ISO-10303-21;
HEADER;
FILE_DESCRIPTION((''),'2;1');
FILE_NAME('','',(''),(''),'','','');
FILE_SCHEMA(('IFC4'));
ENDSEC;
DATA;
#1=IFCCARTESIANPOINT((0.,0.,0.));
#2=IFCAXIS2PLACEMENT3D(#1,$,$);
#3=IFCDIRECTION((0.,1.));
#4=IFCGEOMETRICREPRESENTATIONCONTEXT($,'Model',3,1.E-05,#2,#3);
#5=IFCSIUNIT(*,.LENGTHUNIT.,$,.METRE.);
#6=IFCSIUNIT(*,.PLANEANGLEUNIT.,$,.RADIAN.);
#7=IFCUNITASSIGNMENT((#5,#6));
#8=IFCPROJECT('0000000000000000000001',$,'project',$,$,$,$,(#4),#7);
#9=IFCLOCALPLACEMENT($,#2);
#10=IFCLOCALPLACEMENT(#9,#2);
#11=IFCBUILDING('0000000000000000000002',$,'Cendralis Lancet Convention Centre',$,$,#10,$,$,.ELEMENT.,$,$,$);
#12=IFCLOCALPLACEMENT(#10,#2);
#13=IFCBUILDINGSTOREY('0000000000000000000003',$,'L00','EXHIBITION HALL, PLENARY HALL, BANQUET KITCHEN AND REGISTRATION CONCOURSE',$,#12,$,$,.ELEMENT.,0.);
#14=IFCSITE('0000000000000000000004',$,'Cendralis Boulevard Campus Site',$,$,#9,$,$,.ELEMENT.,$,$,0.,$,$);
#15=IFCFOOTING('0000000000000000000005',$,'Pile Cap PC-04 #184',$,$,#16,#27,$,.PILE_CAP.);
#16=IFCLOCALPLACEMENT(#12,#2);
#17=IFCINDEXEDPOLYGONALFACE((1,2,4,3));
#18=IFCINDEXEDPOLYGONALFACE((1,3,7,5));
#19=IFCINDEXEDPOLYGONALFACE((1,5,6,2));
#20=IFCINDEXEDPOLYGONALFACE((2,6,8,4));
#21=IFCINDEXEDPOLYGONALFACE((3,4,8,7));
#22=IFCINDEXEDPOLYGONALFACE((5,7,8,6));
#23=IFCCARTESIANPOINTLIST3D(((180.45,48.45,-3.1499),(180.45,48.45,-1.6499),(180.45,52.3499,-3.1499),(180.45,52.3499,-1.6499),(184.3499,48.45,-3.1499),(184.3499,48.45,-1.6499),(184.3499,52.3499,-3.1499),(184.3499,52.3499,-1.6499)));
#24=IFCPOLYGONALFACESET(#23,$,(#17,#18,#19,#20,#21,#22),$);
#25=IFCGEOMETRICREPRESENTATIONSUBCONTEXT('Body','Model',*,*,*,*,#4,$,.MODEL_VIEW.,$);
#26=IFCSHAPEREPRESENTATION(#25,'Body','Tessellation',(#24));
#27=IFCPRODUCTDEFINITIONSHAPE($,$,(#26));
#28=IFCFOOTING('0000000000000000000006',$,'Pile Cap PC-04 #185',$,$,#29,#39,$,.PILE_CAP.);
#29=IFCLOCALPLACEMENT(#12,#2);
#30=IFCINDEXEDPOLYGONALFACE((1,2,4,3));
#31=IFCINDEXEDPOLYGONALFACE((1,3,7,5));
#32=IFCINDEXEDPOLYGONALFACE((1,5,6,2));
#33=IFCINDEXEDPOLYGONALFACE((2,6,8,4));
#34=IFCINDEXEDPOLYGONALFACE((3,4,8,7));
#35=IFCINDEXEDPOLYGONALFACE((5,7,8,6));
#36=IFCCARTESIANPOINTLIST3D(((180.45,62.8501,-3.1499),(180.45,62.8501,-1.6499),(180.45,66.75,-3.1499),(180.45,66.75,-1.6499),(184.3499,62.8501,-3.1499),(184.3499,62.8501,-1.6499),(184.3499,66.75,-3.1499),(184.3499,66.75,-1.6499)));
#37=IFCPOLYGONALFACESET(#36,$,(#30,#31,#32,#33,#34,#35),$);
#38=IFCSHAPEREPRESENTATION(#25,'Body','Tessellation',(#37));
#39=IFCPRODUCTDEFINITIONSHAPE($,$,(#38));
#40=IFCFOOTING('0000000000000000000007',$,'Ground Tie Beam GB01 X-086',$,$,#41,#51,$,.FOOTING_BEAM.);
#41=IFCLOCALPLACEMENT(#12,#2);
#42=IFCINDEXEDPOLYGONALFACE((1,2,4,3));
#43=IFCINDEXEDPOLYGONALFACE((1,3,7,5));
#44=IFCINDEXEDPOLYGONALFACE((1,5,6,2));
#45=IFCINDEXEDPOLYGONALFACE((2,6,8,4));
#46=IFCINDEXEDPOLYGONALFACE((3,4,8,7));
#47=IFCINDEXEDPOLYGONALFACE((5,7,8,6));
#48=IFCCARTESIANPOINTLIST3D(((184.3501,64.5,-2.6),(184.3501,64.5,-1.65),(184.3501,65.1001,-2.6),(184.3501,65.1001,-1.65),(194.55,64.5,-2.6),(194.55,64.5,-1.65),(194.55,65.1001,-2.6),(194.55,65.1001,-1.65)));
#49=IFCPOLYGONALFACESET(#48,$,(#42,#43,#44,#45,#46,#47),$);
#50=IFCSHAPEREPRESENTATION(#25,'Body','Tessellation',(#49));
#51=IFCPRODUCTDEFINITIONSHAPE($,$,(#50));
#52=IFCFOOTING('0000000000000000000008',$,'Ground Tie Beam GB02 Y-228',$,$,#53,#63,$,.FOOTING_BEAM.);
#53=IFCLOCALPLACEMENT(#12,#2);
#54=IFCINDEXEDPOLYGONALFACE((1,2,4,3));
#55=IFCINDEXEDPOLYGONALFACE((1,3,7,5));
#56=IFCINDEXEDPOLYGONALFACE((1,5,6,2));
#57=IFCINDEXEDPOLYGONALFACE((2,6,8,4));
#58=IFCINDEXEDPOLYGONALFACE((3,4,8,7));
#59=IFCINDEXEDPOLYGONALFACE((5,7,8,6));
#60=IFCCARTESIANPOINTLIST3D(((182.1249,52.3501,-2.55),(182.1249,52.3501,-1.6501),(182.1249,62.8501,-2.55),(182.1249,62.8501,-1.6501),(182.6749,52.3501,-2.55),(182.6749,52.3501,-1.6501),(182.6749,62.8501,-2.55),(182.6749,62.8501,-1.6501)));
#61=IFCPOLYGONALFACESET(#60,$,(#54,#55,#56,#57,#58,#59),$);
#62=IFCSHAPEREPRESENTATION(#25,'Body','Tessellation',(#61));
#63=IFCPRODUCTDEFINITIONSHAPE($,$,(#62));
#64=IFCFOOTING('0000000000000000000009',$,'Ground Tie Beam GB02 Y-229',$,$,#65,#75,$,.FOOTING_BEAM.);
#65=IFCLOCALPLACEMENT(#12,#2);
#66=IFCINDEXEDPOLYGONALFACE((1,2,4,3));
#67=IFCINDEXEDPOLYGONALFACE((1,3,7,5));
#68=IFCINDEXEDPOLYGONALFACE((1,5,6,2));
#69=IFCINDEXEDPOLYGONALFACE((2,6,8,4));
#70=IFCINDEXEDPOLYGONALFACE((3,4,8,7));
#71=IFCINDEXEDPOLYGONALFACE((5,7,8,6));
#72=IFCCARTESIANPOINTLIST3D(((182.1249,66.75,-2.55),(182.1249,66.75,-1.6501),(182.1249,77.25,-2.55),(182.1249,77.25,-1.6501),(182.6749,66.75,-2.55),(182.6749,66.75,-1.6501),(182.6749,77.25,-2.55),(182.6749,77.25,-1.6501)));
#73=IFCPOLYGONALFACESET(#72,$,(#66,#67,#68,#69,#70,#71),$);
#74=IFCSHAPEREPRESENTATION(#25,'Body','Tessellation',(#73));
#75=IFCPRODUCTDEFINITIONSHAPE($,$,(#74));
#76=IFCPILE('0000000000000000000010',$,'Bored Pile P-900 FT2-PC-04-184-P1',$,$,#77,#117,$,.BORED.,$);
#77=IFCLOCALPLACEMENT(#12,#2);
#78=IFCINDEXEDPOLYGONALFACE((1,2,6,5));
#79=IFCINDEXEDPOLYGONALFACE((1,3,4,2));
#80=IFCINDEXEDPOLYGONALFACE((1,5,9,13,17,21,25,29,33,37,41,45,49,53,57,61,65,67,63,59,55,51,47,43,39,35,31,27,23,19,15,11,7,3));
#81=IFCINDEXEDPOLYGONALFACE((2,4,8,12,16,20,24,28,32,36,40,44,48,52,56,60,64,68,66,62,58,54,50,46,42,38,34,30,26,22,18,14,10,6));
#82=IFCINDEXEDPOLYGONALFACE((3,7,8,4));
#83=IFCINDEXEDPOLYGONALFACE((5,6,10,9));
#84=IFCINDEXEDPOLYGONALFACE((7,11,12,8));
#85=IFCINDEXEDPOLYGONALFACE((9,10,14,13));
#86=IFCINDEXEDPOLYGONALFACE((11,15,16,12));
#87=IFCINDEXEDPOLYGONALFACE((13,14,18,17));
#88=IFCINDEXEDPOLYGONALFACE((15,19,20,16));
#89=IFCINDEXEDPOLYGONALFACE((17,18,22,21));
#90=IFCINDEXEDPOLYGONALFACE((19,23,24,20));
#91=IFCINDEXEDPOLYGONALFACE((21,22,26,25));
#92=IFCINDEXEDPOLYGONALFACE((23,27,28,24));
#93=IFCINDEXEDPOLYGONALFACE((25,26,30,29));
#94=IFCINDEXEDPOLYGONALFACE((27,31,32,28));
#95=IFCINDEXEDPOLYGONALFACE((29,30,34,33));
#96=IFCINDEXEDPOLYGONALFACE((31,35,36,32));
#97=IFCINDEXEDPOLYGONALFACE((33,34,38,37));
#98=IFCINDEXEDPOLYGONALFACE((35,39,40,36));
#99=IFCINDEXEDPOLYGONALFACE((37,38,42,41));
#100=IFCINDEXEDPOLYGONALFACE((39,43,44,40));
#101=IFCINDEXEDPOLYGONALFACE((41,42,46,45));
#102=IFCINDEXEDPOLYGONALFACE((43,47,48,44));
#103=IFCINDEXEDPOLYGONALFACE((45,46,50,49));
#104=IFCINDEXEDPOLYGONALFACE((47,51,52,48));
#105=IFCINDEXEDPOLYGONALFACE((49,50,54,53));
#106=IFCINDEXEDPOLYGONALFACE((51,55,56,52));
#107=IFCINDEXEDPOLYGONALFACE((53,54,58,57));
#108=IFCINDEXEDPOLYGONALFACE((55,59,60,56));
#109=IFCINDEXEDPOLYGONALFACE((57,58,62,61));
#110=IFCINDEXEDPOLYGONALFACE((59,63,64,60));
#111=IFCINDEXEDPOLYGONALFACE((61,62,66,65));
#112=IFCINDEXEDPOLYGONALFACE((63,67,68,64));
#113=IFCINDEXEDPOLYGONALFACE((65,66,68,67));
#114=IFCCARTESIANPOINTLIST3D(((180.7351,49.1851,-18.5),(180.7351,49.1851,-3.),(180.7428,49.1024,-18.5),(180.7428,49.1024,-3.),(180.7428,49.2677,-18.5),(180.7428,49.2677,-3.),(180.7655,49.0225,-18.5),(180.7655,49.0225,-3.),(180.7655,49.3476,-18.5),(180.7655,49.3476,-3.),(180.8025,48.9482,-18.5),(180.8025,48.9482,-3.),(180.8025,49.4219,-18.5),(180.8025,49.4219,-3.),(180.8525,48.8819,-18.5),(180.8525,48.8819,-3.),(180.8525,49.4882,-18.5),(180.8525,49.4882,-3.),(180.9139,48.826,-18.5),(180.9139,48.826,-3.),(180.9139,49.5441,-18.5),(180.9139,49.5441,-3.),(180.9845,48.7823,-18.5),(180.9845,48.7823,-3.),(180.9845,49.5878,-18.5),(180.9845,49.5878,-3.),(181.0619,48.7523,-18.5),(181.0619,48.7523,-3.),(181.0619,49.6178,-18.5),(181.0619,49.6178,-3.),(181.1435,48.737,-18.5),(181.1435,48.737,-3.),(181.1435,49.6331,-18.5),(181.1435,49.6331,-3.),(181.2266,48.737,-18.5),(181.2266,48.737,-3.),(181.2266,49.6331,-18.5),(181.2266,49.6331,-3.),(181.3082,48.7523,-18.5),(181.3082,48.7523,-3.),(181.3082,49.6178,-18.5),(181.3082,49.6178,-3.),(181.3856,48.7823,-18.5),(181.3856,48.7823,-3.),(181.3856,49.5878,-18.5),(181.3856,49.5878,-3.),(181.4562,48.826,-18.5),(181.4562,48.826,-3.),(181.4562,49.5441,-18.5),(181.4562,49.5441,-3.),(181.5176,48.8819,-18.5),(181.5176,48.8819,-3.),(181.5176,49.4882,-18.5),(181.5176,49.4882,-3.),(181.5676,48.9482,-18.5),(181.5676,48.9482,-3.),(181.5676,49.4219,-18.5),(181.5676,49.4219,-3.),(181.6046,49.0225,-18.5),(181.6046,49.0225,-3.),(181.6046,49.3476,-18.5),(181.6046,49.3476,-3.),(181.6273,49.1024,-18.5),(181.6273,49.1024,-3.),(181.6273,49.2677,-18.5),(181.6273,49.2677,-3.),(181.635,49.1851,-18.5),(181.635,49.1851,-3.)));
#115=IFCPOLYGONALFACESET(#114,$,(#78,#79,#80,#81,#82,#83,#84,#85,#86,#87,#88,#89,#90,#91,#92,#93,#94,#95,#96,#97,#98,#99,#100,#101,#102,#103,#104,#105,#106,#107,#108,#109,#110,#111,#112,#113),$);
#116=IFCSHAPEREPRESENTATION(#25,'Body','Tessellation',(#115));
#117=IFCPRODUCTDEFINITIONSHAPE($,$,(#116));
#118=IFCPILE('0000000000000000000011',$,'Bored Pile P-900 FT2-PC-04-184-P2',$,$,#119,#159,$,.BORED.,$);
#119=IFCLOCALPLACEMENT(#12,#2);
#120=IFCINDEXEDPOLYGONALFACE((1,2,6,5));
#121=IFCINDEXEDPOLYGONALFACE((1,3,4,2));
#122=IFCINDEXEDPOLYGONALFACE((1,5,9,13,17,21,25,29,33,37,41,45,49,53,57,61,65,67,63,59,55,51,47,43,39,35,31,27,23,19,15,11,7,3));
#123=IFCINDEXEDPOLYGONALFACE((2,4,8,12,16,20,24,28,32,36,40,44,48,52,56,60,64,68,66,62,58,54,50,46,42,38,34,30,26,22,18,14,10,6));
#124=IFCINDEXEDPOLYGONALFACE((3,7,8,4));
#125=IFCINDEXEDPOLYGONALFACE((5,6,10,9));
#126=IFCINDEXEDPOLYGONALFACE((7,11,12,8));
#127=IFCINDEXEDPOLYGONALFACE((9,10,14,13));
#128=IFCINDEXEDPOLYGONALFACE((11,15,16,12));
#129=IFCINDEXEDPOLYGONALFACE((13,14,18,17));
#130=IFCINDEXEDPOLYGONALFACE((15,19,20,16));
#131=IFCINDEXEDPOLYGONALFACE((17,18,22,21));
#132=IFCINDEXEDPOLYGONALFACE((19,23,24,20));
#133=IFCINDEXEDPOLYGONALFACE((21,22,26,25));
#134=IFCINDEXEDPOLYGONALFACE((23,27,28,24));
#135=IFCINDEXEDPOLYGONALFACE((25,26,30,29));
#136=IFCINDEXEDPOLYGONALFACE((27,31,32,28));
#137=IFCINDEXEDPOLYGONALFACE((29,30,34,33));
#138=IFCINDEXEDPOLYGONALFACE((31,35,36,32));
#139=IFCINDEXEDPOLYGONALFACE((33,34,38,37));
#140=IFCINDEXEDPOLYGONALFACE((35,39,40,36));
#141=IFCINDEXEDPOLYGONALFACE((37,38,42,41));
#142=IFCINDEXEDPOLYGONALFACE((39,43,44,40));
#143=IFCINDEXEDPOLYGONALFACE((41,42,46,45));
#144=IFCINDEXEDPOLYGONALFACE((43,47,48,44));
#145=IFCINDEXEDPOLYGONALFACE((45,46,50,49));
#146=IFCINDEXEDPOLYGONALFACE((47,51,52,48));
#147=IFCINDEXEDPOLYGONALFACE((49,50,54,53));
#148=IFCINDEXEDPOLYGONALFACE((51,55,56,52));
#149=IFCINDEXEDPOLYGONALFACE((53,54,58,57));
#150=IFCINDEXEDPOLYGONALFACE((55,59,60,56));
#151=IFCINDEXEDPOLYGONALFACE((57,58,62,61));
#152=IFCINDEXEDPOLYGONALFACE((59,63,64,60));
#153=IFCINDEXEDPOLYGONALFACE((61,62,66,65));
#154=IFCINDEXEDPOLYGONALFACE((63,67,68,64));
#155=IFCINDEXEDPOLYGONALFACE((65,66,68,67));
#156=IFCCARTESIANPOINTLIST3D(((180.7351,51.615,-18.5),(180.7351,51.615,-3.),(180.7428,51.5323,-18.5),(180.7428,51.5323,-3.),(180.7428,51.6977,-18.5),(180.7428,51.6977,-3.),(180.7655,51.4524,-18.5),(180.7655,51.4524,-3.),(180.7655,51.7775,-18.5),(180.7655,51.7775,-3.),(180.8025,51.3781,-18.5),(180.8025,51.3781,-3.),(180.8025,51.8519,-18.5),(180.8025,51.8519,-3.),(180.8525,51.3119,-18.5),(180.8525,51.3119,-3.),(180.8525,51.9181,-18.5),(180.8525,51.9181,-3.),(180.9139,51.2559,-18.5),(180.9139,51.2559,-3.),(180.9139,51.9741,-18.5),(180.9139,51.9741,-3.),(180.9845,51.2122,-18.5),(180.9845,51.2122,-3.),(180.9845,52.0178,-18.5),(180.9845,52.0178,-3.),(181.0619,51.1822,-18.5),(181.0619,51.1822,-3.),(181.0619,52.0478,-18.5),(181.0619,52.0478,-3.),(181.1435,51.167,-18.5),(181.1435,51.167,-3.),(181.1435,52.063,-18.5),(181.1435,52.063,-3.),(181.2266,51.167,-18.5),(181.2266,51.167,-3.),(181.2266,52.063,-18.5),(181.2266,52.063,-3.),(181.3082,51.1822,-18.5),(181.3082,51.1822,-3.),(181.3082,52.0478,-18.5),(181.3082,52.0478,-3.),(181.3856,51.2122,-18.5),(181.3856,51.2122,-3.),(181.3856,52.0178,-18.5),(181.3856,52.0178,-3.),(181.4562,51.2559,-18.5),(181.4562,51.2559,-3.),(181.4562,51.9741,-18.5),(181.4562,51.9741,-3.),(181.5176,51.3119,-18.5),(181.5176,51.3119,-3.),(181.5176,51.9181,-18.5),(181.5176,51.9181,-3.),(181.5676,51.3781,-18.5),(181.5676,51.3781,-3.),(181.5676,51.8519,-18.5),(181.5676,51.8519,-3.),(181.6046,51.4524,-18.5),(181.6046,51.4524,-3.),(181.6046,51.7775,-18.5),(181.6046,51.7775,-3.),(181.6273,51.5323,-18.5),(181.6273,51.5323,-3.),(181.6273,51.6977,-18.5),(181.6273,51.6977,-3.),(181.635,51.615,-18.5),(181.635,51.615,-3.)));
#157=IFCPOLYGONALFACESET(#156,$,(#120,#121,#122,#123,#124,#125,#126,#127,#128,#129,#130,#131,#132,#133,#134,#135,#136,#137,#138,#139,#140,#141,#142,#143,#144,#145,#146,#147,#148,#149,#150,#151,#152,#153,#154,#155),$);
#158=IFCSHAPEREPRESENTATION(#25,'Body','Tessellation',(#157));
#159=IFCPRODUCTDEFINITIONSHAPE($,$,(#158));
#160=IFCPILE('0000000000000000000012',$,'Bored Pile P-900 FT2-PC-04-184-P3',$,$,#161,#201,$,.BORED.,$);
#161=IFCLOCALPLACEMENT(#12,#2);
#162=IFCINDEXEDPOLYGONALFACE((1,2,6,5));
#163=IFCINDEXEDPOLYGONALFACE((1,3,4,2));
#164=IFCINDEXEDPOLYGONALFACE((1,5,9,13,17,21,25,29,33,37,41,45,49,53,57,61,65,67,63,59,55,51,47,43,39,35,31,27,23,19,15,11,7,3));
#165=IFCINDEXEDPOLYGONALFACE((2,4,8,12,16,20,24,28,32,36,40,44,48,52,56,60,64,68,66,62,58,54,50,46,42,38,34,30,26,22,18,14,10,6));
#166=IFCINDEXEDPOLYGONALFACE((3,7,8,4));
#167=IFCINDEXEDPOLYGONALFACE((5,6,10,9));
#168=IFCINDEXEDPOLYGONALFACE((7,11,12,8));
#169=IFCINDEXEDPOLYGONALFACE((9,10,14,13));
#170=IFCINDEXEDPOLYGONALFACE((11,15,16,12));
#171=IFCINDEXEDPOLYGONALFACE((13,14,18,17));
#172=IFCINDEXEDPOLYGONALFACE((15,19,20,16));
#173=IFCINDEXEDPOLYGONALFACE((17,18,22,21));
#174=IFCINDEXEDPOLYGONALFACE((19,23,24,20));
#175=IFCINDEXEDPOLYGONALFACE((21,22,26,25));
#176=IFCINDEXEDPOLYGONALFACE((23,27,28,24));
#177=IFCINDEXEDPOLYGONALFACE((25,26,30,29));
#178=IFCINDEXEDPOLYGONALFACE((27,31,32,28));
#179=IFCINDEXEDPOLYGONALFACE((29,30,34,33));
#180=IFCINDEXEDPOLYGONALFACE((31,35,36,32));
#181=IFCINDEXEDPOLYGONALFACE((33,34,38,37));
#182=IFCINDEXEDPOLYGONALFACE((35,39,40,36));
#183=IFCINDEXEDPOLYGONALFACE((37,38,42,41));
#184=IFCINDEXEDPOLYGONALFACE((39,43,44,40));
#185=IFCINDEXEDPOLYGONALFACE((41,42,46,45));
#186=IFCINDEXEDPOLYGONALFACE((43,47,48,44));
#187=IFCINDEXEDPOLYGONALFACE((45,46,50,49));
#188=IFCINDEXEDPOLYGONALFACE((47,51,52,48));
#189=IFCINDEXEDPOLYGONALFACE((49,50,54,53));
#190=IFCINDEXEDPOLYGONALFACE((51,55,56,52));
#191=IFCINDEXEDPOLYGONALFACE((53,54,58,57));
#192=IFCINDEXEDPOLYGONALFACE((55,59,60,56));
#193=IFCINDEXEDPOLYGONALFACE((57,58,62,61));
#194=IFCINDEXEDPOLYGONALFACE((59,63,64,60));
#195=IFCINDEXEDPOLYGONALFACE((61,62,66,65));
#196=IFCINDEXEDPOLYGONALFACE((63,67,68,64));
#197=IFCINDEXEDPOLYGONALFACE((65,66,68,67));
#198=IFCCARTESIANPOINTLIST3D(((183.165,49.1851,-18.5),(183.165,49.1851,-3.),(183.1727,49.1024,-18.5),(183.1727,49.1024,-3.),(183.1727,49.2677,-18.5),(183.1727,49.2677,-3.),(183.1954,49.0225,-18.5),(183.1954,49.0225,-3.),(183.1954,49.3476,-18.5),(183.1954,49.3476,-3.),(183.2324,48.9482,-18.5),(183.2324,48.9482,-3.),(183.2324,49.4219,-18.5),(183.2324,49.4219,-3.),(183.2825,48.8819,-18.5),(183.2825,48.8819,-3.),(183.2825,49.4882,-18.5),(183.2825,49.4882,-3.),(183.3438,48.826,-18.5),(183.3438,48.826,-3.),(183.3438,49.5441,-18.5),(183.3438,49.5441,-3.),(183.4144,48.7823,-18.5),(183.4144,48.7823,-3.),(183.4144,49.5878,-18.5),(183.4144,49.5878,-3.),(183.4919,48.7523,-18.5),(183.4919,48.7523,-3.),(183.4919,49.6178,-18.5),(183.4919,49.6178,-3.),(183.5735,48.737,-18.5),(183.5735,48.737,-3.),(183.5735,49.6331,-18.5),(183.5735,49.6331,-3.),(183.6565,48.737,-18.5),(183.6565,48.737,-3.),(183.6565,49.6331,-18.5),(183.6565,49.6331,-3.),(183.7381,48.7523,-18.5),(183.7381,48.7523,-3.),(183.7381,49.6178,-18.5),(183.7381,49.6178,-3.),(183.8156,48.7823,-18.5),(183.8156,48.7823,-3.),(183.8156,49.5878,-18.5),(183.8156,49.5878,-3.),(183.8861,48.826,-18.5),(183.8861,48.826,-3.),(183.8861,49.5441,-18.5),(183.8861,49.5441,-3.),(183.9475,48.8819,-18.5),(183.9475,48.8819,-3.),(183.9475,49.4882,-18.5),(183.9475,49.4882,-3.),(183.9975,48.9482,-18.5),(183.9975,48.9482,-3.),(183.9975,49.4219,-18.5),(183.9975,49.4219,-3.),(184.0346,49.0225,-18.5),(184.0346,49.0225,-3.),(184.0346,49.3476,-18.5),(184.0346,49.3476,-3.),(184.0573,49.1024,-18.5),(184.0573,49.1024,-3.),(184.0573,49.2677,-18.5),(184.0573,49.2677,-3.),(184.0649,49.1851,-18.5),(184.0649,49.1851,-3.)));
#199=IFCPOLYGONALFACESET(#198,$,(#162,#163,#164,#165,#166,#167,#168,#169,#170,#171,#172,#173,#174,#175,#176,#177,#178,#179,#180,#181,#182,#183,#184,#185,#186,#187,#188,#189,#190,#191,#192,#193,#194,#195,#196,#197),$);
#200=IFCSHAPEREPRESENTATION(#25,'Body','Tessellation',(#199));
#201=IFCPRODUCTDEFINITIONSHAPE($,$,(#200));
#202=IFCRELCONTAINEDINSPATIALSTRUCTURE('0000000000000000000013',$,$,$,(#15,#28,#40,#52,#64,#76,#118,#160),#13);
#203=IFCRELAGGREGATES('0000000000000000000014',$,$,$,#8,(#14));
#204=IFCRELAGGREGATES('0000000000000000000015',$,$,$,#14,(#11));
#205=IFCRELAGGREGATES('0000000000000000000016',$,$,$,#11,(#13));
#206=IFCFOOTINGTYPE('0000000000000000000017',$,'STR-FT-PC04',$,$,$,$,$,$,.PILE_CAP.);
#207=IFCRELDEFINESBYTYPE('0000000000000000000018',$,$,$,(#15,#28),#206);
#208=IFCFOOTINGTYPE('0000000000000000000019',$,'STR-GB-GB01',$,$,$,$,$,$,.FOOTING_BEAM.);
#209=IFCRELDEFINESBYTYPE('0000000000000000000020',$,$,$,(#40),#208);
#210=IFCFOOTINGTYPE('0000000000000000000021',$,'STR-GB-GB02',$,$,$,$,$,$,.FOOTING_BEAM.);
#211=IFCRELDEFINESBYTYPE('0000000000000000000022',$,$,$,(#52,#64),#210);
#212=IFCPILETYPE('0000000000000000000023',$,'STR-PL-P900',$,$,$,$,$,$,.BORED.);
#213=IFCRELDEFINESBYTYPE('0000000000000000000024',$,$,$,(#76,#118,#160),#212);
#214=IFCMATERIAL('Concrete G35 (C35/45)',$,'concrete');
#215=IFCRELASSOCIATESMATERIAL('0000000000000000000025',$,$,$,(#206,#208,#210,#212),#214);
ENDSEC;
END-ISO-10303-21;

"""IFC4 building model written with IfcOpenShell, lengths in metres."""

from ifc_helpers import new_model, si_unit, direction, frame, origin, origin_2d, place, context, subcontext, project, spatial, rectangle, circle, extrude, material, material_profile, profile_set, type_object, element, save


model = new_model("IFC4")

# Units and contexts
model_context = context("Model", 3, precision=1e-05, world=origin(), true_north=direction((0.0, 1.0)))
body_context = subcontext(model_context, "Body", "Model", "MODEL_VIEW")
ifc_project = project(units=[si_unit("LENGTHUNIT", "METRE"), si_unit("PLANEANGLEUNIT", "RADIAN")], contexts=[model_context])

# Site, building, storey
site_placement = place(None, origin())
site = spatial("IfcSite", under=ifc_project, at=site_placement, Name="Cendralis Boulevard Campus Site", CompositionType="ELEMENT", RefElevation=0.0)
building_placement = place(site_placement, origin())
building = spatial("IfcBuilding", under=site, at=building_placement, Name="Cendralis Lancet Convention Centre", CompositionType="ELEMENT")
storey_placement = place(building_placement, origin())
storey = spatial("IfcBuildingStorey", under=building, at=storey_placement, Name="L00", Description="EXHIBITION HALL, PLENARY HALL, BANQUET KITCHEN AND REGISTRATION CONCOURSE", CompositionType="ELEMENT", Elevation=0.0)

# Footings
ifc_material_1 = material(Name="Concrete G35 (C35/45)", Category="concrete")
footing_type_1 = type_object("IfcFootingType", Name="STR-FT-PC04", PredefinedType="PILE_CAP", material=ifc_material_1)
for number, where, z_axis, x_axis, name in (
    (1, (182.3999, 50.3999, -3.1499), (0.0, 0.0, 1.0), (1.0, 0.0, 0.0), "Pile Cap PC-04 #184"),
    (2, (182.3999, 64.8, -3.1499), (0.0, 0.0, 1.0), (1.0, 0.0, 0.0), "Pile Cap PC-04 #185"),
):
    element("IfcFooting", number, at=place(storey_placement, frame(where, z_axis=z_axis, x_axis=x_axis)), inside=storey, type_object=footing_type_1, Name=name, PredefinedType="PILE_CAP", context=body_context, shape_type="SweptSolid", body=[
        extrude(rectangle(XDim=3.8999, YDim=3.8999, at=origin_2d()), origin(), (0.0, 0.0, 1.0), 1.5),
    ])
ifc_material_profile_1 = material_profile(ifc_material_1, rectangle(XDim=0.6001, YDim=0.95, at=origin_2d()), Name="RCB 600x950")
ifc_profile_set_1 = profile_set([ifc_material_profile_1], Name="Concrete G35 (C35/45)")
footing_type_2 = type_object("IfcFootingType", Name="STR-GB-GB01", PredefinedType="FOOTING_BEAM", material=ifc_profile_set_1)
footing_placement = place(storey_placement, frame((184.3501, 64.8, -2.125), z_axis=(1.0, 0.0, 0.0), x_axis=(0.0, 1.0, 0.0)))
element("IfcFooting", 3, at=footing_placement, inside=storey, type_object=footing_type_2, Name="Ground Tie Beam GB01 X-086", PredefinedType="FOOTING_BEAM", context=body_context, shape_type="SweptSolid", body=[
    extrude(rectangle(XDim=0.6001, YDim=0.95, at=origin_2d()), origin(), (0.0, 0.0, 1.0), 10.2),
])
ifc_material_profile_2 = material_profile(ifc_material_1, rectangle(XDim=0.55, YDim=0.8999, at=origin_2d()), Name="RCB 550x900")
ifc_profile_set_2 = profile_set([ifc_material_profile_2], Name="Concrete G35 (C35/45)")
footing_type_3 = type_object("IfcFootingType", Name="STR-GB-GB02", PredefinedType="FOOTING_BEAM", material=ifc_profile_set_2)
for number, where, z_axis, x_axis, name in (
    (4, (182.3999, 52.3501, -2.1001), (0.0, 1.0, 0.0), (-1.0, 0.0, 0.0), "Ground Tie Beam GB02 Y-228"),
    (5, (182.3999, 66.75, -2.1001), (0.0, 1.0, 0.0), (-1.0, 0.0, 0.0), "Ground Tie Beam GB02 Y-229"),
):
    element("IfcFooting", number, at=place(storey_placement, frame(where, z_axis=z_axis, x_axis=x_axis)), inside=storey, type_object=footing_type_3, Name=name, PredefinedType="FOOTING_BEAM", context=body_context, shape_type="SweptSolid", body=[
        extrude(rectangle(XDim=0.55, YDim=0.8999, at=origin_2d()), origin(), (0.0, 0.0, 1.0), 10.5),
    ])

# Piles
ifc_material_profile_3 = material_profile(ifc_material_1, circle(Radius=0.45, at=origin_2d()), Name="BORED PILE D900")
ifc_profile_set_3 = profile_set([ifc_material_profile_3], Name="Concrete G35 (C35/45)")
pile_type = type_object("IfcPileType", Name="STR-PL-P900", PredefinedType="BORED", material=ifc_profile_set_3)
for number, where, z_axis, x_axis, name in (
    (6, (181.1851, 49.1851, -3.0), (0.0, 0.0, -1.0), (1.0, 0.0, 0.0), "Bored Pile P-900 FT2-PC-04-184-P1"),
    (7, (181.1851, 51.615, -3.0), (0.0, 0.0, -1.0), (1.0, 0.0, 0.0), "Bored Pile P-900 FT2-PC-04-184-P2"),
    (8, (183.615, 49.1851, -3.0), (0.0, 0.0, -1.0), (1.0, 0.0, 0.0), "Bored Pile P-900 FT2-PC-04-184-P3"),
):
    element("IfcPile", number, at=place(storey_placement, frame(where, z_axis=z_axis, x_axis=x_axis)), inside=storey, type_object=pile_type, Name=name, PredefinedType="BORED", context=body_context, shape_type="SweptSolid", body=[
        extrude(circle(Radius=0.45, at=origin_2d()), origin(), (0.0, 0.0, 1.0), 15.5),
    ])

save(model, "model.ifc")
